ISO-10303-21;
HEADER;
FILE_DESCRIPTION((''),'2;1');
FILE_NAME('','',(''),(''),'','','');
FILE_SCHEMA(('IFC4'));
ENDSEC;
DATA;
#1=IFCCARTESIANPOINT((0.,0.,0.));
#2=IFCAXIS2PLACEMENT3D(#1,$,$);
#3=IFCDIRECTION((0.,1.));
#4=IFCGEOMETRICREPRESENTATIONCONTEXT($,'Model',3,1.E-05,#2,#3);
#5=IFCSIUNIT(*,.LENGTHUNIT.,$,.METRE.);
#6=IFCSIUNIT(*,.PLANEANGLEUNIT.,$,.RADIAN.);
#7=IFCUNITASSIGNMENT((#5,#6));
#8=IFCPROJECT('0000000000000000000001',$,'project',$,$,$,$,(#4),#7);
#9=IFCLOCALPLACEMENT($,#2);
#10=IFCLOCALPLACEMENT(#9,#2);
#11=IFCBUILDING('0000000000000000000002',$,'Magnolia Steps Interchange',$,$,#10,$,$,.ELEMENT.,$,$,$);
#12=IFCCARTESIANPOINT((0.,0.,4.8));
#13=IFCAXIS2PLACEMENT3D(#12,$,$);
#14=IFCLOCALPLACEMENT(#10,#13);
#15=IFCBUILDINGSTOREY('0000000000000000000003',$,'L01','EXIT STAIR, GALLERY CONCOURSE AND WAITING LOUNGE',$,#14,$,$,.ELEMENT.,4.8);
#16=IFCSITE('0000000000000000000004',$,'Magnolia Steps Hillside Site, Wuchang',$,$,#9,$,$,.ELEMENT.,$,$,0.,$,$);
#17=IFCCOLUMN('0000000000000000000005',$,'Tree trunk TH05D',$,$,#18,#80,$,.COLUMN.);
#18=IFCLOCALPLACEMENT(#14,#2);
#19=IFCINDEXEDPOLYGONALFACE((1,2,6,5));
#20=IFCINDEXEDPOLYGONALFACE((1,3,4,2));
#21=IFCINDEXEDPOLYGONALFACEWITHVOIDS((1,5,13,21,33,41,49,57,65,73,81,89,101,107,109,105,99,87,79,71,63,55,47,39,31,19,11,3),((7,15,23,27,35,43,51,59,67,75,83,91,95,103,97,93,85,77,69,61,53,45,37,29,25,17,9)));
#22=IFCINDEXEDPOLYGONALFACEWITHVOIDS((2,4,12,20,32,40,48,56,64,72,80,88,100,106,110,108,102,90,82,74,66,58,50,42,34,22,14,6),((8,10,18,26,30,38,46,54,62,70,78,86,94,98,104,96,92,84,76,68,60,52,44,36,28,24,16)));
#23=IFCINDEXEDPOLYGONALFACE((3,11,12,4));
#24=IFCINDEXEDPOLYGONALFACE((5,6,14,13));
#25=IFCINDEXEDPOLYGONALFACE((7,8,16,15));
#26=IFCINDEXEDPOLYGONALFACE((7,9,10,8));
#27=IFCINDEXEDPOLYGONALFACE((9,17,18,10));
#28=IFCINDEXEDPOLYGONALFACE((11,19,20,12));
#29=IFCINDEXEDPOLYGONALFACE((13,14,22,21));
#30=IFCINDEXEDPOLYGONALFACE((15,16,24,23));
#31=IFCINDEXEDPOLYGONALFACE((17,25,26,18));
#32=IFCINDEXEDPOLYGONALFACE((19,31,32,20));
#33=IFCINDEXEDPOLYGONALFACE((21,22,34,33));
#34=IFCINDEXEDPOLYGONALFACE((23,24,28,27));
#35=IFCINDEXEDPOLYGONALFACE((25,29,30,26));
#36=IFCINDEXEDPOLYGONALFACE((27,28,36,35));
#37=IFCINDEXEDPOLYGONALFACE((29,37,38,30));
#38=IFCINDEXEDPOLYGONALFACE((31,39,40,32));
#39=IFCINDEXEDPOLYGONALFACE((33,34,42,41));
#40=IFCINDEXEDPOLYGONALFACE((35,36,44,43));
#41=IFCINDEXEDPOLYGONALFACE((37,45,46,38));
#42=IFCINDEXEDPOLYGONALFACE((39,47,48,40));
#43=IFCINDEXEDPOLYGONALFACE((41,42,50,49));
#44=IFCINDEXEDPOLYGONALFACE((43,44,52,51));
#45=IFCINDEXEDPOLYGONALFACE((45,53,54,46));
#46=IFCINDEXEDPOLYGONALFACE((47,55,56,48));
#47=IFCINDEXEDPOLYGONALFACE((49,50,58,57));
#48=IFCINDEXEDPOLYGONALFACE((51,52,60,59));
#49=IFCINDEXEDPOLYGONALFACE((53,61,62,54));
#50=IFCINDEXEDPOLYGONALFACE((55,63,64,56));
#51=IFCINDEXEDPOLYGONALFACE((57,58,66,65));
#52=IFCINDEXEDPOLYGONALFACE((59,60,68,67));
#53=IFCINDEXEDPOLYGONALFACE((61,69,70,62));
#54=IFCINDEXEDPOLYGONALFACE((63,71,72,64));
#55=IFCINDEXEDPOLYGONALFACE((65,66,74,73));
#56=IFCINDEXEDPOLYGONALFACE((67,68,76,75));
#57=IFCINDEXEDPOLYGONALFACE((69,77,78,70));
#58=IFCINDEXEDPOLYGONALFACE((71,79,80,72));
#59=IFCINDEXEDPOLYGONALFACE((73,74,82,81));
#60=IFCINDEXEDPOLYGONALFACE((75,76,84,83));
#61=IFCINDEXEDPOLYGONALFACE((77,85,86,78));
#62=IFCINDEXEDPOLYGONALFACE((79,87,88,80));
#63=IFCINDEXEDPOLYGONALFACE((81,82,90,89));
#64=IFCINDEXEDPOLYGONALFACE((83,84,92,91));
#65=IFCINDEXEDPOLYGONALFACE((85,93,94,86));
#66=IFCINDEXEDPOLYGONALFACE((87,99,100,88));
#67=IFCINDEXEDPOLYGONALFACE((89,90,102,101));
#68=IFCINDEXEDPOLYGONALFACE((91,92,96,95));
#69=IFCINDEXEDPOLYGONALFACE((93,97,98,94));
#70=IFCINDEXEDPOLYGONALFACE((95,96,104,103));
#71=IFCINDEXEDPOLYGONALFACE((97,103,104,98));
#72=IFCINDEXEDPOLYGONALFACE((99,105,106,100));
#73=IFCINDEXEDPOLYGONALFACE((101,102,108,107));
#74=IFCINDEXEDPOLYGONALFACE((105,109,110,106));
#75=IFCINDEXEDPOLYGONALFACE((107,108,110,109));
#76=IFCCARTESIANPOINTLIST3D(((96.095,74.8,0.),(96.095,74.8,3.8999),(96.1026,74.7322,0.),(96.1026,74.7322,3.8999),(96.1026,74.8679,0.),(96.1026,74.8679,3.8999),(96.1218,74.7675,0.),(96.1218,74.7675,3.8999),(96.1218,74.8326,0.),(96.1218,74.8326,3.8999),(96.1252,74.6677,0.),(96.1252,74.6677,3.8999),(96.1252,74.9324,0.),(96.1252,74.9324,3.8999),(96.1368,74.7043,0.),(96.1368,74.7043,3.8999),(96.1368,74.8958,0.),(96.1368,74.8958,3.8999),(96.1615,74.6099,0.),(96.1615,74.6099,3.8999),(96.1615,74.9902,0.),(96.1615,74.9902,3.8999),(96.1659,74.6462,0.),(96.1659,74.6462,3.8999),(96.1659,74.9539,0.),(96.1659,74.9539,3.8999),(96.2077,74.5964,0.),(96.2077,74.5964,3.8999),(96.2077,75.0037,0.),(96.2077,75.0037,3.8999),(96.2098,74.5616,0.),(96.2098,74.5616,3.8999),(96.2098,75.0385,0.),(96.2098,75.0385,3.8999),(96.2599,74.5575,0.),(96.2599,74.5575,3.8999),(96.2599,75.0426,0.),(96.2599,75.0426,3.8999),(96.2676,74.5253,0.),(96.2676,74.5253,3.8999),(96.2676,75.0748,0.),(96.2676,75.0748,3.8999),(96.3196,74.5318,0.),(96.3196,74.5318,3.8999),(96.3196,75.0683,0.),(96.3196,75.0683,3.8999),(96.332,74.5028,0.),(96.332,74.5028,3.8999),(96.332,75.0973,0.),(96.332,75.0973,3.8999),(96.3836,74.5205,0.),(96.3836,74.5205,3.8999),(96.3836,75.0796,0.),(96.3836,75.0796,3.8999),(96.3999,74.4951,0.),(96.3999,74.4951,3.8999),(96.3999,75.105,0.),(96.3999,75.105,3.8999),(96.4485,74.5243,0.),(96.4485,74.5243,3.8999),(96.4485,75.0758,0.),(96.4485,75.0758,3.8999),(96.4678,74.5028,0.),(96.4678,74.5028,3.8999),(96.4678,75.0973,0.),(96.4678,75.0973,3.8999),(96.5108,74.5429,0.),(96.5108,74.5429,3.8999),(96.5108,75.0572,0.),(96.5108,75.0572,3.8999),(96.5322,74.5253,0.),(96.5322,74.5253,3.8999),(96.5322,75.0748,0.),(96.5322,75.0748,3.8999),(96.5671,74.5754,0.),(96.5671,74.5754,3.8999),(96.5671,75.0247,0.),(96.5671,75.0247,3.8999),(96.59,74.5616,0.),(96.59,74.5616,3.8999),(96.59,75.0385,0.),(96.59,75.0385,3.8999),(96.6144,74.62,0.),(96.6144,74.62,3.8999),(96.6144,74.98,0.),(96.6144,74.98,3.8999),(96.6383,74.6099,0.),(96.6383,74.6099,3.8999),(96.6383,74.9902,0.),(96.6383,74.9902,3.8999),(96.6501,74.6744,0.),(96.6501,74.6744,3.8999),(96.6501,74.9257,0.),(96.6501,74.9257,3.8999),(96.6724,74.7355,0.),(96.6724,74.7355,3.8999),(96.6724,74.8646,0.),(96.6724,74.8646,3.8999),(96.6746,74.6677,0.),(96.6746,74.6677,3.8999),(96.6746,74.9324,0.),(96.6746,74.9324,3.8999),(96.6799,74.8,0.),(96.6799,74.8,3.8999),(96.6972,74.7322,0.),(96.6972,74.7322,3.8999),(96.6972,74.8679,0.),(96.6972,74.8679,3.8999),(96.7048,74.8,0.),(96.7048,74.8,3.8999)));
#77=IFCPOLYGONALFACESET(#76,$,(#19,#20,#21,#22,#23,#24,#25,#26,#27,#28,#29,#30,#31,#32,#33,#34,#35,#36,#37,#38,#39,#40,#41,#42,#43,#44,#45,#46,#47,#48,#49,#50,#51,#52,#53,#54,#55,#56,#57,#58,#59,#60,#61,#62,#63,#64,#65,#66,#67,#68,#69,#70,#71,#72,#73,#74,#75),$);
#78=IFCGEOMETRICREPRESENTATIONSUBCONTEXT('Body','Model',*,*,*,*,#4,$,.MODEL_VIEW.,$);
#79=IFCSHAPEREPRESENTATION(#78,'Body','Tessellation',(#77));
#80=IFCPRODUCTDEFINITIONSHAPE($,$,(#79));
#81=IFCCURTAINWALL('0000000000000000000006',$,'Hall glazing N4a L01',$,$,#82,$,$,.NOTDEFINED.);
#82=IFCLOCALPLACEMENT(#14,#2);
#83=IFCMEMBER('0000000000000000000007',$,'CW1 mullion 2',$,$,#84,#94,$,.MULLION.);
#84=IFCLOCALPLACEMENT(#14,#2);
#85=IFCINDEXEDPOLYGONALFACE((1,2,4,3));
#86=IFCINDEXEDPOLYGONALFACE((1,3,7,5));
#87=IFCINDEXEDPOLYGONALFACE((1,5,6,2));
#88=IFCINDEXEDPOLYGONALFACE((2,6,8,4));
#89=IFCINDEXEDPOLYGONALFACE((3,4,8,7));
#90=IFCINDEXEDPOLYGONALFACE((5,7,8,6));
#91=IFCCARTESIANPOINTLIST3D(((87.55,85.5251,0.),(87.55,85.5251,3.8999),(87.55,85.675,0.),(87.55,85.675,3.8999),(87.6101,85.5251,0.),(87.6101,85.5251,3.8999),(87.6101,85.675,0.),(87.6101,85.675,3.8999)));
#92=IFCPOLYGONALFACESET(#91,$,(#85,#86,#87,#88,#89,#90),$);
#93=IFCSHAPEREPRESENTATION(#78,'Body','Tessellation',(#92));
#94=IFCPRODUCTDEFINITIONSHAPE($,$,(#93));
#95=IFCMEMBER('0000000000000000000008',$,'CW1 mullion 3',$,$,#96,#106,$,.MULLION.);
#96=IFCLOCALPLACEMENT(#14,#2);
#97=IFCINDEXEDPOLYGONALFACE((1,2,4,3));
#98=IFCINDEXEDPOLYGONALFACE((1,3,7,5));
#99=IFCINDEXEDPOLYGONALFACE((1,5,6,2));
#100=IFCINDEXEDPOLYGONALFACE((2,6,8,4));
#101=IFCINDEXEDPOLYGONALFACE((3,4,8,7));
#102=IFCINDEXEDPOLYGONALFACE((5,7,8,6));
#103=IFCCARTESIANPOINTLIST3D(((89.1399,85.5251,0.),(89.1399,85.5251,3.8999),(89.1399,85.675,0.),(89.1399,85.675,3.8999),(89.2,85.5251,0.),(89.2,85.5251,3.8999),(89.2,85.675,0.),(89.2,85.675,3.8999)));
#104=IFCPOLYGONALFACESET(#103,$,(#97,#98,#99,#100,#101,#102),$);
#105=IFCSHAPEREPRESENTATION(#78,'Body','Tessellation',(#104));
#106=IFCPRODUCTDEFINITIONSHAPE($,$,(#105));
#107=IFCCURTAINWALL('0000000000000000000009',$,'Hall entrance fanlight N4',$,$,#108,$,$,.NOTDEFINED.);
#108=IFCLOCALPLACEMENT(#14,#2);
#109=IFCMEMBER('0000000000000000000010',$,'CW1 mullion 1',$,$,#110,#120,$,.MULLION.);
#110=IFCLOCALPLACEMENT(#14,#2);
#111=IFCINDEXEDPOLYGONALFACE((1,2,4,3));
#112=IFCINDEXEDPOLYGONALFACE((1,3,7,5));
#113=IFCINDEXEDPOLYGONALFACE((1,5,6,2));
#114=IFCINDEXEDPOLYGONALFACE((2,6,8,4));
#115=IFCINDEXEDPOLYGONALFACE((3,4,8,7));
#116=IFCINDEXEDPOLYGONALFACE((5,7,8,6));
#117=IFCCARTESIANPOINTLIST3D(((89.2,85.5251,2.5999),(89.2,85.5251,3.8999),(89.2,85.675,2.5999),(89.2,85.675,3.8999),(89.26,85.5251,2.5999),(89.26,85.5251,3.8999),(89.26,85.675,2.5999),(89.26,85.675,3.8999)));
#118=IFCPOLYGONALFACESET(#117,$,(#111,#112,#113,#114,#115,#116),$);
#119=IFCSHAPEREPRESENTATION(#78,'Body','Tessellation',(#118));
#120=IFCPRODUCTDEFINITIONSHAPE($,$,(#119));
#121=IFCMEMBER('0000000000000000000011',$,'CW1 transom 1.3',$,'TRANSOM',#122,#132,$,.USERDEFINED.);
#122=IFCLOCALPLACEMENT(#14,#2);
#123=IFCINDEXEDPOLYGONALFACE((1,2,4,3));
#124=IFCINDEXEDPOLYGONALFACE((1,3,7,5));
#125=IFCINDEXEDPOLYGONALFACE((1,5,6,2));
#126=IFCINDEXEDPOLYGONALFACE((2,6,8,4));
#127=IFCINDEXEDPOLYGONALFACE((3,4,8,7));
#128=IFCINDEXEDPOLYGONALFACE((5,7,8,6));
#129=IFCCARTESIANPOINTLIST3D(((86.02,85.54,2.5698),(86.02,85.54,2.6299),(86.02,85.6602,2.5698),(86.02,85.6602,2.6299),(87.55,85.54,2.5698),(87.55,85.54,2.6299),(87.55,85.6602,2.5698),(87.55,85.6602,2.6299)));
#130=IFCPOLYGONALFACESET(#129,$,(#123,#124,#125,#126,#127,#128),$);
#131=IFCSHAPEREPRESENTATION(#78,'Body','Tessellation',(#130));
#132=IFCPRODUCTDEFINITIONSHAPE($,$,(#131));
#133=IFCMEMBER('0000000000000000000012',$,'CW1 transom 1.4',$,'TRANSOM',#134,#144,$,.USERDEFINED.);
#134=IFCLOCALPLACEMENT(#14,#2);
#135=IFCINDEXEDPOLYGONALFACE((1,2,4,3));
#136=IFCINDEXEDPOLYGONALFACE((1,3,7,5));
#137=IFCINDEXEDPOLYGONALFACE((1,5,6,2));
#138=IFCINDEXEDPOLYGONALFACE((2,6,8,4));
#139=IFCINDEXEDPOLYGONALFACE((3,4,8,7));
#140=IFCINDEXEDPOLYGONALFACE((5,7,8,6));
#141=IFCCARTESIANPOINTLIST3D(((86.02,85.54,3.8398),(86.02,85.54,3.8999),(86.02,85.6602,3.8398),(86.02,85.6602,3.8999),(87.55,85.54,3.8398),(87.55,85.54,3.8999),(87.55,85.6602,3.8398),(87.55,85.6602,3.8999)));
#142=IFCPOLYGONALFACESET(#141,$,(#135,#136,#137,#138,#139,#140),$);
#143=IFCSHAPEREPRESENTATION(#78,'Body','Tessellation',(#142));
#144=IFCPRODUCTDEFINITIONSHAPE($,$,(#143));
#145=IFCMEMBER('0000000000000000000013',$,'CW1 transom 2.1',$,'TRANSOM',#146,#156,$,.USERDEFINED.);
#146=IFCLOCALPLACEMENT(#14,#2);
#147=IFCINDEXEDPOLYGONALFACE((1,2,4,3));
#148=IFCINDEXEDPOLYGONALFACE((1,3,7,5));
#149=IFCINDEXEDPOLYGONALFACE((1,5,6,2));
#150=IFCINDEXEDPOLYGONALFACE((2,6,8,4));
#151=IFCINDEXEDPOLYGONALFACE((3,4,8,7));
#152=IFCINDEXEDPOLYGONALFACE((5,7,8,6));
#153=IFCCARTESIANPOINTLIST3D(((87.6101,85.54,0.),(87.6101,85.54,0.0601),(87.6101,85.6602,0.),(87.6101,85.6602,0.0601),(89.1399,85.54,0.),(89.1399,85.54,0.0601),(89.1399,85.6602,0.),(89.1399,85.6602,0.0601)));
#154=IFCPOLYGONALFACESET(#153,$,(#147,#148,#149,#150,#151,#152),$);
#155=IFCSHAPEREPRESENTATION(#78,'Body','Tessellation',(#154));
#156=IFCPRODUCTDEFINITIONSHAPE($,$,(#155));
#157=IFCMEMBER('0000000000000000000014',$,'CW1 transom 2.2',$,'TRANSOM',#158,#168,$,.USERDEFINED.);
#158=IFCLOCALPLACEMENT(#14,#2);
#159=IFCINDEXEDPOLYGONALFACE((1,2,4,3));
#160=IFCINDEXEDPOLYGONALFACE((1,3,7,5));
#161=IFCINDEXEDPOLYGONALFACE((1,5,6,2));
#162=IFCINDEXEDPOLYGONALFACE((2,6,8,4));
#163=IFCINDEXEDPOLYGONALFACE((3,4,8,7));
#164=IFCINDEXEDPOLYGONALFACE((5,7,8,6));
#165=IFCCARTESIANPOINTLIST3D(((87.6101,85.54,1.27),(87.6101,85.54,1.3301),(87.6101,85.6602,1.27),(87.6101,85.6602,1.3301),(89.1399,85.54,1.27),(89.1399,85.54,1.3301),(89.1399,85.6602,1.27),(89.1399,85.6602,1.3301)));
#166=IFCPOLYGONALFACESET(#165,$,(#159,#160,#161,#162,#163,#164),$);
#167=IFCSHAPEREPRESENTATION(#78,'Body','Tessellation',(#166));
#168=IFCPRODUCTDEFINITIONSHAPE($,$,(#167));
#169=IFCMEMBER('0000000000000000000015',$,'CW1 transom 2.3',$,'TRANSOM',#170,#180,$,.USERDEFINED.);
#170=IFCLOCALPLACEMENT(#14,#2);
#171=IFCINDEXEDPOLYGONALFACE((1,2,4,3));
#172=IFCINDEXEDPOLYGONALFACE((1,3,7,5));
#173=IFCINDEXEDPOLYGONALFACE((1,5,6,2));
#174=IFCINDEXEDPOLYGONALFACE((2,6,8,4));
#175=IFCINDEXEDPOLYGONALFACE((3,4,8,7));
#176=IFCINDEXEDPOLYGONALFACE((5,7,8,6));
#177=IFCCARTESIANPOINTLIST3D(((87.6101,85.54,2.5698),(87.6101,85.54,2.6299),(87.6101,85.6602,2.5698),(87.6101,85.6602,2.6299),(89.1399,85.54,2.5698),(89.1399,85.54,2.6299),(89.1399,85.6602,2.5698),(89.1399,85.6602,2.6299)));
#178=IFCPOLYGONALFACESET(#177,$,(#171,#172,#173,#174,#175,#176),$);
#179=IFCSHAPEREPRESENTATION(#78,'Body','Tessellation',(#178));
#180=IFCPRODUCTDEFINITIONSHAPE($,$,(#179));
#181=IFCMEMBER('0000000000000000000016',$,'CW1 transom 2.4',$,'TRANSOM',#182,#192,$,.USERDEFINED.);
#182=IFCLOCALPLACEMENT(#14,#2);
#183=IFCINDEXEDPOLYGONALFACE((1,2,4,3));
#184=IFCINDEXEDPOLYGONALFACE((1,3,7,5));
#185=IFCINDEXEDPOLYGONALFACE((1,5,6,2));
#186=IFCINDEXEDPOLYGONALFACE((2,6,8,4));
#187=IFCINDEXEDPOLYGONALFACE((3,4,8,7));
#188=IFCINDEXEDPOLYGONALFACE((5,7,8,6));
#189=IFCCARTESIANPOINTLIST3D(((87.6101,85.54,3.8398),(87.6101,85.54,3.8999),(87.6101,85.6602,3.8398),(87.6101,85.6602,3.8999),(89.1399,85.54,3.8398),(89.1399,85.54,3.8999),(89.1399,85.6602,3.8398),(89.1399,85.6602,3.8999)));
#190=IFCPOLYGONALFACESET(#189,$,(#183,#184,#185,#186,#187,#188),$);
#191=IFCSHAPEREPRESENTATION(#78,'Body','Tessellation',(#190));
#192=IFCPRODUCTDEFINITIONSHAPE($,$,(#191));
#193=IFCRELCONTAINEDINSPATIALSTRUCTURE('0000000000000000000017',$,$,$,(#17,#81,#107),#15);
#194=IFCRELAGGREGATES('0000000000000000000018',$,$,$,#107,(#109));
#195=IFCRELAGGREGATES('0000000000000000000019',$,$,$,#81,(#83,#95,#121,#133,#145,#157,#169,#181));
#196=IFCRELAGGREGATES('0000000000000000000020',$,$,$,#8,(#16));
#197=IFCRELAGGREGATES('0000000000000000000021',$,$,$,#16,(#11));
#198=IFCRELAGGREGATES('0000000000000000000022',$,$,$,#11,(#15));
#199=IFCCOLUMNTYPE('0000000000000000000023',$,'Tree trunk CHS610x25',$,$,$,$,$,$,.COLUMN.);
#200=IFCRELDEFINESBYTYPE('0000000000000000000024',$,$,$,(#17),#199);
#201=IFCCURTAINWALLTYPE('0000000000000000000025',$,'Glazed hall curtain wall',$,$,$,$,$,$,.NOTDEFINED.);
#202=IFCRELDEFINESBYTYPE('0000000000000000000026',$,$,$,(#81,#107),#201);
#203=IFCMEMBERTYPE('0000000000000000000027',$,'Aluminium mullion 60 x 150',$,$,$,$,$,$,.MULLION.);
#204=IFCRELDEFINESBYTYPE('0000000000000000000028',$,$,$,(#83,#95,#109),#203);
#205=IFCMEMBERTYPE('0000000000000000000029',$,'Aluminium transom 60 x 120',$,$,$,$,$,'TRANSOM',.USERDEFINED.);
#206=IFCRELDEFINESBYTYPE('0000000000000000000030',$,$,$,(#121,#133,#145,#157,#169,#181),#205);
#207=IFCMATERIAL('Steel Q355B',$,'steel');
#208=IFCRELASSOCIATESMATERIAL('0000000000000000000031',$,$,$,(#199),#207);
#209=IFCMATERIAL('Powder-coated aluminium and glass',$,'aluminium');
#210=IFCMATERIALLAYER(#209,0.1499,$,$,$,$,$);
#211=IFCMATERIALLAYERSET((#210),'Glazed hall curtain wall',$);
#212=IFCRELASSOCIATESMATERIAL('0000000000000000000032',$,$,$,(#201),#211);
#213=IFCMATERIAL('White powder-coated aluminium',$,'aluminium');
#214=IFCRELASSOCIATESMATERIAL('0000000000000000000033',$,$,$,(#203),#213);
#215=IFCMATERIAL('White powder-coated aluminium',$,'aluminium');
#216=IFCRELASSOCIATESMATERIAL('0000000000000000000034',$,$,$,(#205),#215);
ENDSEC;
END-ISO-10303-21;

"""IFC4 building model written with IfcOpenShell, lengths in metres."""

from ifc_helpers import new_model, si_unit, direction, frame, origin, origin_2d, place, context, subcontext, project, spatial, rectangle, hollow_circle, extrude, material, layer, layer_set, material_profile, profile_set, type_object, element, aggregate, save


model = new_model("IFC4")

# Units and contexts
model_context = context("Model", 3, precision=1e-05, world=origin(), true_north=direction((0.0, 1.0)))
body_context = subcontext(model_context, "Body", "Model", "MODEL_VIEW")
ifc_project = project(units=[si_unit("LENGTHUNIT", "METRE"), si_unit("PLANEANGLEUNIT", "RADIAN")], contexts=[model_context])

# Site, building, storey
site_placement = place(None, origin())
site = spatial("IfcSite", under=ifc_project, at=site_placement, Name="Magnolia Steps Hillside Site, Wuchang", CompositionType="ELEMENT", RefElevation=0.0)
building_placement = place(site_placement, origin())
building = spatial("IfcBuilding", under=site, at=building_placement, Name="Magnolia Steps Interchange", CompositionType="ELEMENT")
storey_placement = place(building_placement, frame((0.0, 0.0, 4.8)))
storey = spatial("IfcBuildingStorey", under=building, at=storey_placement, Name="L01", Description="EXIT STAIR, GALLERY CONCOURSE AND WAITING LOUNGE", CompositionType="ELEMENT", Elevation=4.8)

# Column
ifc_material_1 = material(Name="Steel Q355B", Category="steel")
ifc_material_profile_1 = material_profile(ifc_material_1, hollow_circle(Radius=0.3049, WallThickness=0.0249, at=origin_2d()), Name="CHS610x25")
ifc_profile_set_1 = profile_set([ifc_material_profile_1], Name="Steel Q355B")
column_type = type_object("IfcColumnType", Name="Tree trunk CHS610x25", PredefinedType="COLUMN", material=ifc_profile_set_1)
column_placement = place(storey_placement, frame((96.3999, 74.8, 0.0), z_axis=(0.0, 0.0, 1.0), x_axis=(1.0, 0.0, 0.0)))
element("IfcColumn", 1, at=column_placement, inside=storey, type_object=column_type, Name="Tree trunk TH05D", PredefinedType="COLUMN", context=body_context, shape_type="SweptSolid", body=[
    extrude(hollow_circle(Radius=0.3049, WallThickness=0.0249, at=origin_2d()), origin(), (0.0, 0.0, 1.0), 3.8999),
])

# Curtain wall, members
ifc_material_2 = material(Name="Powder-coated aluminium and glass", Category="aluminium")
ifc_layer_1 = layer(ifc_material_2, 0.1499)
ifc_layer_set_1 = layer_set([ifc_layer_1], Name="Glazed hall curtain wall")
curtain_wall_type = type_object("IfcCurtainWallType", Name="Glazed hall curtain wall", PredefinedType="NOTDEFINED", material=ifc_layer_set_1)
curtain_wall_1_placement = place(storey_placement, origin())
curtain_wall_1 = element("IfcCurtainWall", 2, at=curtain_wall_1_placement, inside=storey, type_object=curtain_wall_type, Name="Hall glazing N4a L01", PredefinedType="NOTDEFINED")
ifc_material_3 = material(Name="White powder-coated aluminium", Category="aluminium")
ifc_material_profile_2 = material_profile(ifc_material_3, rectangle(XDim=0.0601, YDim=0.1499, at=origin_2d()), Name="Aluminium mullion 60 x 150")
ifc_profile_set_2 = profile_set([ifc_material_profile_2], Name="White powder-coated aluminium")
member_type_1 = type_object("IfcMemberType", Name="Aluminium mullion 60 x 150", PredefinedType="MULLION", material=ifc_profile_set_2)
member_1_placement = place(storey_placement, frame((87.5801, 85.6001, 0.0), z_axis=(0.0, 0.0, 1.0), x_axis=(1.0, 0.0, 0.0)))
member_1 = element("IfcMember", 3, at=member_1_placement, type_object=member_type_1, Name="CW1 mullion 2", PredefinedType="MULLION", context=body_context, shape_type="SweptSolid", body=[
    extrude(rectangle(XDim=0.0601, YDim=0.1499, at=origin_2d()), origin(), (0.0, 0.0, 1.0), 3.8999),
])
member_2_placement = place(storey_placement, frame((89.1699, 85.6001, 0.0), z_axis=(0.0, 0.0, 1.0), x_axis=(1.0, 0.0, 0.0)))
member_2 = element("IfcMember", 4, at=member_2_placement, type_object=member_type_1, Name="CW1 mullion 3", PredefinedType="MULLION", context=body_context, shape_type="SweptSolid", body=[
    extrude(rectangle(XDim=0.0601, YDim=0.1499, at=origin_2d()), origin(), (0.0, 0.0, 1.0), 3.8999),
])

# Curtain wall, member
curtain_wall_2_placement = place(storey_placement, origin())
curtain_wall_2 = element("IfcCurtainWall", 5, at=curtain_wall_2_placement, inside=storey, type_object=curtain_wall_type, Name="Hall entrance fanlight N4", PredefinedType="NOTDEFINED")
member_3_placement = place(storey_placement, frame((89.23, 85.6001, 2.5999), z_axis=(0.0, 0.0, 1.0), x_axis=(1.0, 0.0, 0.0)))
member_3 = element("IfcMember", 6, at=member_3_placement, type_object=member_type_1, Name="CW1 mullion 1", PredefinedType="MULLION", context=body_context, shape_type="SweptSolid", body=[
    extrude(rectangle(XDim=0.0601, YDim=0.1499, at=origin_2d()), origin(), (0.0, 0.0, 1.0), 1.3),
])

# Members
ifc_material_4 = material(Name="White powder-coated aluminium", Category="aluminium")
ifc_material_profile_3 = material_profile(ifc_material_4, rectangle(XDim=0.0601, YDim=0.1201, at=origin_2d()), Name="Aluminium transom 60 x 120")
ifc_profile_set_3 = profile_set([ifc_material_profile_3], Name="White powder-coated aluminium")
member_type_2 = type_object("IfcMemberType", Name="Aluminium transom 60 x 120", ElementType="TRANSOM", PredefinedType="USERDEFINED", material=ifc_profile_set_3)
member_4_placement = place(storey_placement, frame((86.02, 85.6001, 2.5999), z_axis=(1.0, 0.0, 0.0), x_axis=(0.0, 0.0, 1.0)))
member_4 = element("IfcMember", 7, at=member_4_placement, type_object=member_type_2, Name="CW1 transom 1.3", ObjectType="TRANSOM", PredefinedType="USERDEFINED", context=body_context, shape_type="SweptSolid", body=[
    extrude(rectangle(XDim=0.0601, YDim=0.1201, at=origin_2d()), origin(), (0.0, 0.0, 1.0), 1.53),
])
member_5_placement = place(storey_placement, frame((86.02, 85.6001, 3.8699), z_axis=(1.0, 0.0, 0.0), x_axis=(0.0, 0.0, 1.0)))
member_5 = element("IfcMember", 8, at=member_5_placement, type_object=member_type_2, Name="CW1 transom 1.4", ObjectType="TRANSOM", PredefinedType="USERDEFINED", context=body_context, shape_type="SweptSolid", body=[
    extrude(rectangle(XDim=0.0601, YDim=0.1201, at=origin_2d()), origin(), (0.0, 0.0, 1.0), 1.53),
])
member_6_placement = place(storey_placement, frame((87.6101, 85.6001, 0.03), z_axis=(1.0, 0.0, 0.0), x_axis=(0.0, 0.0, 1.0)))
member_6 = element("IfcMember", 9, at=member_6_placement, type_object=member_type_2, Name="CW1 transom 2.1", ObjectType="TRANSOM", PredefinedType="USERDEFINED", context=body_context, shape_type="SweptSolid", body=[
    extrude(rectangle(XDim=0.0601, YDim=0.1201, at=origin_2d()), origin(), (0.0, 0.0, 1.0), 1.5298),
])
member_7_placement = place(storey_placement, frame((87.6101, 85.6001, 1.3), z_axis=(1.0, 0.0, 0.0), x_axis=(0.0, 0.0, 1.0)))
member_7 = element("IfcMember", 10, at=member_7_placement, type_object=member_type_2, Name="CW1 transom 2.2", ObjectType="TRANSOM", PredefinedType="USERDEFINED", context=body_context, shape_type="SweptSolid", body=[
    extrude(rectangle(XDim=0.0601, YDim=0.1201, at=origin_2d()), origin(), (0.0, 0.0, 1.0), 1.5298),
])
member_8_placement = place(storey_placement, frame((87.6101, 85.6001, 2.5999), z_axis=(1.0, 0.0, 0.0), x_axis=(0.0, 0.0, 1.0)))
member_8 = element("IfcMember", 11, at=member_8_placement, type_object=member_type_2, Name="CW1 transom 2.3", ObjectType="TRANSOM", PredefinedType="USERDEFINED", context=body_context, shape_type="SweptSolid", body=[
    extrude(rectangle(XDim=0.0601, YDim=0.1201, at=origin_2d()), origin(), (0.0, 0.0, 1.0), 1.5298),
])
member_9_placement = place(storey_placement, frame((87.6101, 85.6001, 3.8699), z_axis=(1.0, 0.0, 0.0), x_axis=(0.0, 0.0, 1.0)))
member_9 = element("IfcMember", 12, at=member_9_placement, type_object=member_type_2, Name="CW1 transom 2.4", ObjectType="TRANSOM", PredefinedType="USERDEFINED", context=body_context, shape_type="SweptSolid", body=[
    extrude(rectangle(XDim=0.0601, YDim=0.1201, at=origin_2d()), origin(), (0.0, 0.0, 1.0), 1.5298),
])
aggregate(curtain_wall_2, [member_3])

aggregate(curtain_wall_1, [member_1, member_2, member_4, member_5, member_6, member_7, member_8, member_9])

save(model, "model.ifc")
